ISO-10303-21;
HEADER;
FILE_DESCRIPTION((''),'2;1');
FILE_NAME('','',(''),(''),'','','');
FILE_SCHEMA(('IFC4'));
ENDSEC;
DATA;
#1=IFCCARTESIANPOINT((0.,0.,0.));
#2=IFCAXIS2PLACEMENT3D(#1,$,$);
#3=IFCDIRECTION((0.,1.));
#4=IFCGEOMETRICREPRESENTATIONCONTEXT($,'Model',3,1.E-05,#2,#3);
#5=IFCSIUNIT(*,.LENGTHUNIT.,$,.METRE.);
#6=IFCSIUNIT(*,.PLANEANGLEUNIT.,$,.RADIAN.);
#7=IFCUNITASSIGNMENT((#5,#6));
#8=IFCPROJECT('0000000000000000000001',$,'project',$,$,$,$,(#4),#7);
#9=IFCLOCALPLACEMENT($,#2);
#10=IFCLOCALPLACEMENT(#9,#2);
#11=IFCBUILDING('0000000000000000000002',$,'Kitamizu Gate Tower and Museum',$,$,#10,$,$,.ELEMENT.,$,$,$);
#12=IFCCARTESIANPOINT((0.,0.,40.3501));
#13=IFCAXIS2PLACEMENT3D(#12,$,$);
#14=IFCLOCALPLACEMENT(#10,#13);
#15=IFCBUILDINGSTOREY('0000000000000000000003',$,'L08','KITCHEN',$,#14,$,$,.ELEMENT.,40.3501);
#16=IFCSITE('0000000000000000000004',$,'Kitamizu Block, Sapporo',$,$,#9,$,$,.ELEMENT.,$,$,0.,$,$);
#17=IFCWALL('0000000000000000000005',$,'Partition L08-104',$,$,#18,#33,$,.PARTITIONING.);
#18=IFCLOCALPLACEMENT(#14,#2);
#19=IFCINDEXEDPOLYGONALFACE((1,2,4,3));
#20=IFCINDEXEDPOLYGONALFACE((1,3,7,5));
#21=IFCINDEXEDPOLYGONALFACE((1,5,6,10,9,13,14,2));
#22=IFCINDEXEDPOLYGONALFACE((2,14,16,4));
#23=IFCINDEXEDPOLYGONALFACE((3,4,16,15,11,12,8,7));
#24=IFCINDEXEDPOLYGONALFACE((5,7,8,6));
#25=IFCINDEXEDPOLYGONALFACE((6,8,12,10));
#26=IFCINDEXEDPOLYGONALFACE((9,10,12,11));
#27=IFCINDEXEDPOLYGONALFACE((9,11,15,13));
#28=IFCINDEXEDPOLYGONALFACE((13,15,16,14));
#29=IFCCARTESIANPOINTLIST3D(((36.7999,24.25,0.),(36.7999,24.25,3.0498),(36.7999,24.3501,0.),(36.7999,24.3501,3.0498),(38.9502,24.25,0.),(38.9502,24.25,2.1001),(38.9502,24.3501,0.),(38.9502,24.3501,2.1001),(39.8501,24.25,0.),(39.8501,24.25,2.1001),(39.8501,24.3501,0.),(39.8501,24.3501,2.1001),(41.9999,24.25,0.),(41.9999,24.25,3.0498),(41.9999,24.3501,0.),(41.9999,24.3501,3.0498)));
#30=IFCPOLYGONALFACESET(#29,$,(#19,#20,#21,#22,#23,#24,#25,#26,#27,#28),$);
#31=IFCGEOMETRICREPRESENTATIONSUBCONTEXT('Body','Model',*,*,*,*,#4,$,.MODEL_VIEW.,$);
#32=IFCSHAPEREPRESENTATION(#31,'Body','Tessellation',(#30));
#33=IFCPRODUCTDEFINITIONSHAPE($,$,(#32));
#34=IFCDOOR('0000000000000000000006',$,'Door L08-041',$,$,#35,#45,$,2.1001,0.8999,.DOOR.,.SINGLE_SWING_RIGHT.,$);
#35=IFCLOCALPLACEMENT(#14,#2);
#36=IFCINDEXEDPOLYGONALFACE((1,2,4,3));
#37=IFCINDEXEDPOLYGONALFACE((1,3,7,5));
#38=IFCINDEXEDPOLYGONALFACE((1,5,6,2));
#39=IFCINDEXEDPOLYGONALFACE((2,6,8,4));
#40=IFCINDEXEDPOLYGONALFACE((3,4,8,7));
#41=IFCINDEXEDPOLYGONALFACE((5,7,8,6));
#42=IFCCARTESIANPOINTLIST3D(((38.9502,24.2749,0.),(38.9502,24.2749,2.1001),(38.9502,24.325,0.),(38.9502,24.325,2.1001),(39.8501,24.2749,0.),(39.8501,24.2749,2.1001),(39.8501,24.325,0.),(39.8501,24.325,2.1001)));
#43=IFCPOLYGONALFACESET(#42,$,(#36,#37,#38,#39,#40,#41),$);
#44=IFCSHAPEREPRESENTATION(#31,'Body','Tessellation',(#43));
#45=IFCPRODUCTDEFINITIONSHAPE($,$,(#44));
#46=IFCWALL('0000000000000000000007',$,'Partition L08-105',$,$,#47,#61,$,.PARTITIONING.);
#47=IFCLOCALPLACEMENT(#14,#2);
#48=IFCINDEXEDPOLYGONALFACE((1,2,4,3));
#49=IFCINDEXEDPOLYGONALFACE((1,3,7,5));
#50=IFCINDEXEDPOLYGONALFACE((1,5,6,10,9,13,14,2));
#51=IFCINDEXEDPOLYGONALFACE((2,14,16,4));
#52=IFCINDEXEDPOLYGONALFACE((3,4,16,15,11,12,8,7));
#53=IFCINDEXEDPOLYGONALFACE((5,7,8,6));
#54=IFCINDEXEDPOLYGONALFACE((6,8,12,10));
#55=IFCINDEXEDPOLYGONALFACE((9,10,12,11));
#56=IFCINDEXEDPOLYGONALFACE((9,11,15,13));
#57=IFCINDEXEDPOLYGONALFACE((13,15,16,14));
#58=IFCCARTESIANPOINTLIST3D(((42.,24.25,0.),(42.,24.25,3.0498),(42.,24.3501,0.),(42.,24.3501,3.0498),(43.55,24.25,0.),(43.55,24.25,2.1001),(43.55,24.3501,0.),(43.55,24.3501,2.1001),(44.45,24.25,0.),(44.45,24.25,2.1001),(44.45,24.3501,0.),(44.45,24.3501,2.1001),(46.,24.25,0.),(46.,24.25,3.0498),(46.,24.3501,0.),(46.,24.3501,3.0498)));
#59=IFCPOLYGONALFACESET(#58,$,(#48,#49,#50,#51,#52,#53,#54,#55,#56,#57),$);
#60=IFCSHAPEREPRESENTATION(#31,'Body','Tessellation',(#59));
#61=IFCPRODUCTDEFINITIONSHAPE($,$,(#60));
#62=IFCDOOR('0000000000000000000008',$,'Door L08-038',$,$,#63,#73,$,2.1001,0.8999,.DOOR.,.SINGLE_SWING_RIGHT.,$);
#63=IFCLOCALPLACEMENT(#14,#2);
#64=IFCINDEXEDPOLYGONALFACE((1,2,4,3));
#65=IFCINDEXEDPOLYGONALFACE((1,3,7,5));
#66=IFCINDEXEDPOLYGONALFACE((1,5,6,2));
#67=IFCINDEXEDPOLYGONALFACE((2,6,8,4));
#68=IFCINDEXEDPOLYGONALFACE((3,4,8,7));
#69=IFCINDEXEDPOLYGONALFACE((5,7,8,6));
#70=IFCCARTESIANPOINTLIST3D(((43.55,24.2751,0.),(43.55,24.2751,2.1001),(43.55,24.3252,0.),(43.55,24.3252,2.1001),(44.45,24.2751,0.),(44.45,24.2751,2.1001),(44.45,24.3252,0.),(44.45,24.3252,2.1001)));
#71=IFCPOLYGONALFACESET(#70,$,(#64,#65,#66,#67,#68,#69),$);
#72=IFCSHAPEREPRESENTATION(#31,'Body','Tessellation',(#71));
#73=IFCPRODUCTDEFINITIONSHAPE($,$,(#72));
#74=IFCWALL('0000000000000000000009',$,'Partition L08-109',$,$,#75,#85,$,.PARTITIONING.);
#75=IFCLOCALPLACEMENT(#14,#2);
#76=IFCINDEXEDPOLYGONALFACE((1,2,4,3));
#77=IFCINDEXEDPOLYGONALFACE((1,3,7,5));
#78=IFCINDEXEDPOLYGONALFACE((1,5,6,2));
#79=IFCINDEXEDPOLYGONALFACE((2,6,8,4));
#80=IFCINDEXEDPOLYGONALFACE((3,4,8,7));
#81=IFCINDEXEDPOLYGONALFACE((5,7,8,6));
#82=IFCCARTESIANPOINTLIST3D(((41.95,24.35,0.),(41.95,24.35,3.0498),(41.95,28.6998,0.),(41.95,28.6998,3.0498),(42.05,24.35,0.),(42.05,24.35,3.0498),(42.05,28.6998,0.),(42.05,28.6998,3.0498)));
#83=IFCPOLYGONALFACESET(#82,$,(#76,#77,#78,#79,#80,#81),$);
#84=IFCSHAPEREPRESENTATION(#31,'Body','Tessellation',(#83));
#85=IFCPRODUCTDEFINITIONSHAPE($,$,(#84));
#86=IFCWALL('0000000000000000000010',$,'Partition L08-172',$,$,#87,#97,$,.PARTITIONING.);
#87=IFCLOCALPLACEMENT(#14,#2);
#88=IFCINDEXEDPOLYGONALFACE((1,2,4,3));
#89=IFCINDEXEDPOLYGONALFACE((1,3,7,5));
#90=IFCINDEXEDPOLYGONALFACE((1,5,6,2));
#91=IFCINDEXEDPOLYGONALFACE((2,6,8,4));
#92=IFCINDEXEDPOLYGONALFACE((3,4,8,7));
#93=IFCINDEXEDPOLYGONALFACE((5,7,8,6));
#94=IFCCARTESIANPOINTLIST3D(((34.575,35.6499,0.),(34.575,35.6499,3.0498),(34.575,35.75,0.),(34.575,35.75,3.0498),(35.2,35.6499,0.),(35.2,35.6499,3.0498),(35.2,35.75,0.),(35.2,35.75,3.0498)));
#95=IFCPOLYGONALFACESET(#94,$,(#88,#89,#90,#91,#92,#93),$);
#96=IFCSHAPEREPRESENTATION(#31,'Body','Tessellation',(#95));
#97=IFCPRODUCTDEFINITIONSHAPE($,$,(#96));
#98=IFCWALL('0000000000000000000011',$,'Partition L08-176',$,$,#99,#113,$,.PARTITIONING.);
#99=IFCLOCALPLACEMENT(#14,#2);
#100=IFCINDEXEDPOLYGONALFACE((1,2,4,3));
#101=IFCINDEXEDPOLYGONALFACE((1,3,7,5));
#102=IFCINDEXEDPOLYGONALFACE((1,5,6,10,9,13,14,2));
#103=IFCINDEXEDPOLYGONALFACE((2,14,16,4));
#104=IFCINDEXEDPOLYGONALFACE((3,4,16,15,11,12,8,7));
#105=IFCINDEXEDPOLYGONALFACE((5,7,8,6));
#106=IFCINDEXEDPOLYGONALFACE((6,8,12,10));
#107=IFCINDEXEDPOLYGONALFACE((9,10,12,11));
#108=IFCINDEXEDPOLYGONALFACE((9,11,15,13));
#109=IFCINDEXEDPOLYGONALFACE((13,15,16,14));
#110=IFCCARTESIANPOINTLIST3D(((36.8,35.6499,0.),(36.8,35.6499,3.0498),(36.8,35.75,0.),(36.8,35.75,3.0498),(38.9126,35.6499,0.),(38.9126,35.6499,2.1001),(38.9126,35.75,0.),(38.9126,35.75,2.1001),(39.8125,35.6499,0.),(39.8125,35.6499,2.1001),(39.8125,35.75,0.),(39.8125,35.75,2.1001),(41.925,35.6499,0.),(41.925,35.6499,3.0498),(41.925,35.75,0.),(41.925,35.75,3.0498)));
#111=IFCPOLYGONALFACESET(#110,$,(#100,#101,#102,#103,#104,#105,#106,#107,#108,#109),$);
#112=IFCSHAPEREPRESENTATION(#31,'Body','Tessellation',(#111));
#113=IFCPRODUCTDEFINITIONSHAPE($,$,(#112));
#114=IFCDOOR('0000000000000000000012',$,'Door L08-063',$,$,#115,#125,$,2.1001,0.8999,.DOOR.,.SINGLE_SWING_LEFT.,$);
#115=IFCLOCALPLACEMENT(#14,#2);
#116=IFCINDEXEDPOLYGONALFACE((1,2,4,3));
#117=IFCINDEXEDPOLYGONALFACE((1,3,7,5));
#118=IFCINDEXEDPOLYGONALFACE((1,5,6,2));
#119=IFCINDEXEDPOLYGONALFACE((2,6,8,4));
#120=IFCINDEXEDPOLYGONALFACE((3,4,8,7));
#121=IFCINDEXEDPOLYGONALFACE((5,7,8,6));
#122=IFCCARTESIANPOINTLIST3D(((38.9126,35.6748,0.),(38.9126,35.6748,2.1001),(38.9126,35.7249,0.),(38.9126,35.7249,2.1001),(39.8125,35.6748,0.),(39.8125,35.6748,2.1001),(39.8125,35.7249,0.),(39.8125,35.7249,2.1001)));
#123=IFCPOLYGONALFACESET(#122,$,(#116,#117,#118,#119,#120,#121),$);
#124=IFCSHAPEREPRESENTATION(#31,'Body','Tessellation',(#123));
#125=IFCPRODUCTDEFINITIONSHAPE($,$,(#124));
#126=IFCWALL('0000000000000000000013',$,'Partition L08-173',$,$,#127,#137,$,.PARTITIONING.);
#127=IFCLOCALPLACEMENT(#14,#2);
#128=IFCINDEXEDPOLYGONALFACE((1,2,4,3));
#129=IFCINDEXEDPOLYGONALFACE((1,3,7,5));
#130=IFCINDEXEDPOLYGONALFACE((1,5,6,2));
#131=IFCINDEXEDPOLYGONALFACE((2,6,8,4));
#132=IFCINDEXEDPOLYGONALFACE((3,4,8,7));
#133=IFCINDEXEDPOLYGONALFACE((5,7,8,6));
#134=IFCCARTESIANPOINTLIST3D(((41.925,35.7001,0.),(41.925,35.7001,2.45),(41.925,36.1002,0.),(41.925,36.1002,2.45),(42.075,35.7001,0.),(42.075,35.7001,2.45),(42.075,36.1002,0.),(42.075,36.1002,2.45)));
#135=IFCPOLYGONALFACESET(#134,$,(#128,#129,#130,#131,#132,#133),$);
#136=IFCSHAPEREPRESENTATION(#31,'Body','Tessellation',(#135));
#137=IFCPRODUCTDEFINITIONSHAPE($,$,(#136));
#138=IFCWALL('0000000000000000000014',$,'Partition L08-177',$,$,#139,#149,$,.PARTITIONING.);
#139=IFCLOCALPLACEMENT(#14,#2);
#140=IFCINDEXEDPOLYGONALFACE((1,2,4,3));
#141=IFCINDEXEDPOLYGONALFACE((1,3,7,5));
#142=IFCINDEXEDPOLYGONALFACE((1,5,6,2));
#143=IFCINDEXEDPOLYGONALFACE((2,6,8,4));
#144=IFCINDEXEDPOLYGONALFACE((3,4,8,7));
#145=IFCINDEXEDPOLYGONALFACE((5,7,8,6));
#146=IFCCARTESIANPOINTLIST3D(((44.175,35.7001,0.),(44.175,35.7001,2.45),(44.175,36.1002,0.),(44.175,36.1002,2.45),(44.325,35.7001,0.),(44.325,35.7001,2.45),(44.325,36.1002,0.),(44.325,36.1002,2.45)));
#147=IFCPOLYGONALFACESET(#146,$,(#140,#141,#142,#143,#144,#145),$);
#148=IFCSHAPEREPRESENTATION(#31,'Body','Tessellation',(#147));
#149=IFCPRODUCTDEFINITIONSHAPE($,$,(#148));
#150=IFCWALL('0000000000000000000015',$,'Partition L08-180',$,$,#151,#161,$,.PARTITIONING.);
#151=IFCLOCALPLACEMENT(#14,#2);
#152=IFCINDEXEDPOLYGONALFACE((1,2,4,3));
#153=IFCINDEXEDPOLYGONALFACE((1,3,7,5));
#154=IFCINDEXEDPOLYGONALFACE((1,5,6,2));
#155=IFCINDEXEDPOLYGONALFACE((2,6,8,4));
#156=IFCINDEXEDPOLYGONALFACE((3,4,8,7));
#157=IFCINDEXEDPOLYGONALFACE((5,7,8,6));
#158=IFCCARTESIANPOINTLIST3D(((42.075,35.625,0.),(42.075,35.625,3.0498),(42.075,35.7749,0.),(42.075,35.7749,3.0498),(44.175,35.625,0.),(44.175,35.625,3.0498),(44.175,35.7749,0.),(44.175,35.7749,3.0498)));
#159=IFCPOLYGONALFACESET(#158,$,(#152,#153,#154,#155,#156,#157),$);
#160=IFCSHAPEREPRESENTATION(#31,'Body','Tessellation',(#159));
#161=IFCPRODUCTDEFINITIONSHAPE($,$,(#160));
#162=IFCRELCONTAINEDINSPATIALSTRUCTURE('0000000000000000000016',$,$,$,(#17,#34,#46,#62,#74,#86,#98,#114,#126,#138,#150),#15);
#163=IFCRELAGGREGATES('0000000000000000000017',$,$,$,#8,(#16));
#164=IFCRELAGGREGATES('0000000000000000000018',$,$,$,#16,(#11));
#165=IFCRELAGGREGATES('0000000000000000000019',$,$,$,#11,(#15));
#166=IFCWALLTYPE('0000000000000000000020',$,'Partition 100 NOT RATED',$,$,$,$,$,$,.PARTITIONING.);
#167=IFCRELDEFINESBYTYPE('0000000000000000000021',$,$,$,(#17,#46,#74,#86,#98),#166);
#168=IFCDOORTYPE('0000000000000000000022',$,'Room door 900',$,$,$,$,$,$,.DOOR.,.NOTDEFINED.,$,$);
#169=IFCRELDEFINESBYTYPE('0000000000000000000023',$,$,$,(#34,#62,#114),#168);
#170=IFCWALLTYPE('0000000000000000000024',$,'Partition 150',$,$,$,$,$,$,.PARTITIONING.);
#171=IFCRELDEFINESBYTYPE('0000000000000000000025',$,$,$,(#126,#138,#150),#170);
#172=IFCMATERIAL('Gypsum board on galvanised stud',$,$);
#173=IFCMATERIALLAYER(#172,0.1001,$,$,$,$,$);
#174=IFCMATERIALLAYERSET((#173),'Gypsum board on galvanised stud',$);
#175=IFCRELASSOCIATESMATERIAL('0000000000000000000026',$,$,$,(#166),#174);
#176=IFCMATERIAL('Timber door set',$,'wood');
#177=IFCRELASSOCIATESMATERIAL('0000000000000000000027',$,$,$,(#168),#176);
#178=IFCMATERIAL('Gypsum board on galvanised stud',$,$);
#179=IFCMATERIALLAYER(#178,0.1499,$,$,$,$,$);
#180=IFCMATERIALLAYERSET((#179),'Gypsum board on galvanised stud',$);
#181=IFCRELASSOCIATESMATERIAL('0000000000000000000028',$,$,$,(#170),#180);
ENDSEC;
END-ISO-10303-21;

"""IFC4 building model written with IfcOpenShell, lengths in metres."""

from ifc_helpers import new_model, si_unit, direction, frame, frame_2d, origin, place, context, subcontext, project, spatial, rectangle, extrude, material, layer, layer_set, type_object, element, fill, save


model = new_model("IFC4")

# Units and contexts
model_context = context("Model", 3, precision=1e-05, world=origin(), true_north=direction((0.0, 1.0)))
body_context = subcontext(model_context, "Body", "Model", "MODEL_VIEW")
ifc_project = project(units=[si_unit("LENGTHUNIT", "METRE"), si_unit("PLANEANGLEUNIT", "RADIAN")], contexts=[model_context])

# Site, building, storey
site_placement = place(None, origin())
site = spatial("IfcSite", under=ifc_project, at=site_placement, Name="Kitamizu Block, Sapporo", CompositionType="ELEMENT", RefElevation=0.0)
building_placement = place(site_placement, origin())
building = spatial("IfcBuilding", under=site, at=building_placement, Name="Kitamizu Gate Tower and Museum", CompositionType="ELEMENT")
storey_placement = place(building_placement, frame((0.0, 0.0, 40.3501)))
storey = spatial("IfcBuildingStorey", under=building, at=storey_placement, Name="L08", Description="KITCHEN", CompositionType="ELEMENT", Elevation=40.3501)

# Shared definitions
ifc_material_1 = material(Name="Gypsum board on galvanised stud")
ifc_layer_1 = layer(ifc_material_1, 0.1001)
ifc_layer_set_1 = layer_set([ifc_layer_1], Name="Gypsum board on galvanised stud")
wall_type_1 = type_object("IfcWallType", Name="Partition 100 NOT RATED", PredefinedType="PARTITIONING", material=ifc_layer_set_1)

# Walls, openings, doors
wall_1_placement = place(storey_placement, frame((42.0, 24.3, 0.0), z_axis=(0.0, 0.0, 1.0), x_axis=(-1.0, 0.0, 0.0)))
wall_1 = element("IfcWall", 1, at=wall_1_placement, inside=storey, type_object=wall_type_1, Name="Partition L08-104", PredefinedType="PARTITIONING", context=body_context, shape_type="SweptSolid", body=[
    extrude(rectangle(XDim=5.2, YDim=0.1001, at=frame_2d((2.6001, 0.0))), origin(), (0.0, 0.0, 1.0), 3.0498),
])
opening_1_placement = place(wall_1_placement, frame((2.1499, 0.0, 0.0)))
opening_1 = element("IfcOpeningElement", 2, at=opening_1_placement, cuts=wall_1, PredefinedType="OPENING", context=body_context, shape_type="SweptSolid", body=[
    extrude(rectangle(XDim=0.8999, YDim=2.1001, at=frame_2d((0.45, 1.05))), frame((0.0, 0.0601, 0.0), z_axis=(0.0, -1.0, 0.0), x_axis=(1.0, 0.0, 0.0)), (0.0, 0.0, 1.0), 0.1201),
])
ifc_material_2 = material(Name="Timber door set", Category="wood")
door_type_1 = type_object("IfcDoorType", Name="Room door 900", OperationType="NOTDEFINED", PredefinedType="DOOR", material=ifc_material_2)
door_1_placement = place(opening_1_placement, frame((0.8999, 0.0, 0.0), x_axis=(-1.0, 0.0, 0.0)))
door_1 = element("IfcDoor", 3, at=door_1_placement, inside=storey, type_object=door_type_1, Name="Door L08-041", OperationType="SINGLE_SWING_RIGHT", OverallHeight=2.1001, OverallWidth=0.8999, PredefinedType="DOOR", context=body_context, shape_type="SweptSolid", body=[
    extrude(rectangle(XDim=0.8999, YDim=2.1001, at=frame_2d((0.45, 1.05))), frame((0.0, 0.0249, 0.0), z_axis=(0.0, -1.0, 0.0), x_axis=(1.0, 0.0, 0.0)), (0.0, 0.0, 1.0), 0.05),
])
fill(opening_1, door_1)
wall_2_placement = place(storey_placement, frame((46.0, 24.3, 0.0), z_axis=(0.0, 0.0, 1.0), x_axis=(-1.0, 0.0, 0.0)))
wall_2 = element("IfcWall", 4, at=wall_2_placement, inside=storey, type_object=wall_type_1, Name="Partition L08-105", PredefinedType="PARTITIONING", context=body_context, shape_type="SweptSolid", body=[
    extrude(rectangle(XDim=4.0, YDim=0.1001, at=frame_2d((2.0, 0.0))), origin(), (0.0, 0.0, 1.0), 3.0498),
])
opening_2_placement = place(wall_2_placement, frame((1.55, 0.0, 0.0)))
opening_2 = element("IfcOpeningElement", 5, at=opening_2_placement, cuts=wall_2, PredefinedType="OPENING", context=body_context, shape_type="SweptSolid", body=[
    extrude(rectangle(XDim=0.8999, YDim=2.1001, at=frame_2d((0.45, 1.05))), frame((0.0, 0.0601, 0.0), z_axis=(0.0, -1.0, 0.0), x_axis=(1.0, 0.0, 0.0)), (0.0, 0.0, 1.0), 0.1201),
])
door_2_placement = place(opening_2_placement, origin())
door_2 = element("IfcDoor", 6, at=door_2_placement, inside=storey, type_object=door_type_1, Name="Door L08-038", OperationType="SINGLE_SWING_RIGHT", OverallHeight=2.1001, OverallWidth=0.8999, PredefinedType="DOOR", context=body_context, shape_type="SweptSolid", body=[
    extrude(rectangle(XDim=0.8999, YDim=2.1001, at=frame_2d((0.45, 1.05))), frame((0.0, 0.0249, 0.0), z_axis=(0.0, -1.0, 0.0), x_axis=(1.0, 0.0, 0.0)), (0.0, 0.0, 1.0), 0.05),
])
fill(opening_2, door_2)

# Walls
wall_3_placement = place(storey_placement, frame((42.0, 24.3501, 0.0), z_axis=(0.0, 0.0, 1.0), x_axis=(0.0, 1.0, 0.0)))
element("IfcWall", 7, at=wall_3_placement, inside=storey, type_object=wall_type_1, Name="Partition L08-109", PredefinedType="PARTITIONING", context=body_context, shape_type="SweptSolid", body=[
    extrude(rectangle(XDim=4.3499, YDim=0.1001, at=frame_2d((2.1748, 0.0))), origin(), (0.0, 0.0, 1.0), 3.0498),
])
wall_4_placement = place(storey_placement, frame((34.575, 35.7, 0.0), z_axis=(0.0, 0.0, 1.0), x_axis=(1.0, 0.0, 0.0)))
element("IfcWall", 8, at=wall_4_placement, inside=storey, type_object=wall_type_1, Name="Partition L08-172", PredefinedType="PARTITIONING", context=body_context, shape_type="SweptSolid", body=[
    extrude(rectangle(XDim=0.625, YDim=0.1001, at=frame_2d((0.3125, 0.0))), origin(), (0.0, 0.0, 1.0), 3.0498),
])

# Wall, opening, door
wall_5_placement = place(storey_placement, frame((36.8, 35.7, 0.0), z_axis=(0.0, 0.0, 1.0), x_axis=(1.0, 0.0, 0.0)))
wall_5 = element("IfcWall", 9, at=wall_5_placement, inside=storey, type_object=wall_type_1, Name="Partition L08-176", PredefinedType="PARTITIONING", context=body_context, shape_type="SweptSolid", body=[
    extrude(rectangle(XDim=5.125, YDim=0.1001, at=frame_2d((2.5625, 0.0))), origin(), (0.0, 0.0, 1.0), 3.0498),
])
opening_3_placement = place(wall_5_placement, frame((2.1125, 0.0, 0.0)))
opening_3 = element("IfcOpeningElement", 10, at=opening_3_placement, cuts=wall_5, PredefinedType="OPENING", context=body_context, shape_type="SweptSolid", body=[
    extrude(rectangle(XDim=0.8999, YDim=2.1001, at=frame_2d((0.45, 1.05))), frame((0.0, 0.0601, 0.0), z_axis=(0.0, -1.0, 0.0), x_axis=(1.0, 0.0, 0.0)), (0.0, 0.0, 1.0), 0.1201),
])
door_3_placement = place(opening_3_placement, origin())
door_3 = element("IfcDoor", 11, at=door_3_placement, inside=storey, type_object=door_type_1, Name="Door L08-063", OperationType="SINGLE_SWING_LEFT", OverallHeight=2.1001, OverallWidth=0.8999, PredefinedType="DOOR", context=body_context, shape_type="SweptSolid", body=[
    extrude(rectangle(XDim=0.8999, YDim=2.1001, at=frame_2d((0.45, 1.05))), frame((0.0, 0.0249, 0.0), z_axis=(0.0, -1.0, 0.0), x_axis=(1.0, 0.0, 0.0)), (0.0, 0.0, 1.0), 0.05),
])
fill(opening_3, door_3)

# Walls
ifc_material_3 = material(Name="Gypsum board on galvanised stud")
ifc_layer_2 = layer(ifc_material_3, 0.1499)
ifc_layer_set_2 = layer_set([ifc_layer_2], Name="Gypsum board on galvanised stud")
wall_type_2 = type_object("IfcWallType", Name="Partition 150", PredefinedType="PARTITIONING", material=ifc_layer_set_2)
for number, where, z_axis, x_axis, name in (
    (12, (42.0, 35.7, 0.0), (0.0, 0.0, 1.0), (0.0, 1.0, 0.0), "Partition L08-173"),
    (13, (44.25, 35.7, 0.0), (0.0, 0.0, 1.0), (0.0, 1.0, 0.0), "Partition L08-177"),
):
    element("IfcWall", number, at=place(storey_placement, frame(where, z_axis=z_axis, x_axis=x_axis)), inside=storey, type_object=wall_type_2, Name=name, PredefinedType="PARTITIONING", context=body_context, shape_type="SweptSolid", body=[
        extrude(rectangle(XDim=0.4001, YDim=0.1499, at=frame_2d((0.2002, 0.0))), origin(), (0.0, 0.0, 1.0), 2.45),
    ])
wall_6_placement = place(storey_placement, frame((42.075, 35.7, 0.0), z_axis=(0.0, 0.0, 1.0), x_axis=(1.0, 0.0, 0.0)))
element("IfcWall", 14, at=wall_6_placement, inside=storey, type_object=wall_type_2, Name="Partition L08-180", PredefinedType="PARTITIONING", context=body_context, shape_type="SweptSolid", body=[
    extrude(rectangle(XDim=2.1001, YDim=0.1499, at=frame_2d((1.05, 0.0))), origin(), (0.0, 0.0, 1.0), 3.0498),
])

save(model, "model.ifc")
